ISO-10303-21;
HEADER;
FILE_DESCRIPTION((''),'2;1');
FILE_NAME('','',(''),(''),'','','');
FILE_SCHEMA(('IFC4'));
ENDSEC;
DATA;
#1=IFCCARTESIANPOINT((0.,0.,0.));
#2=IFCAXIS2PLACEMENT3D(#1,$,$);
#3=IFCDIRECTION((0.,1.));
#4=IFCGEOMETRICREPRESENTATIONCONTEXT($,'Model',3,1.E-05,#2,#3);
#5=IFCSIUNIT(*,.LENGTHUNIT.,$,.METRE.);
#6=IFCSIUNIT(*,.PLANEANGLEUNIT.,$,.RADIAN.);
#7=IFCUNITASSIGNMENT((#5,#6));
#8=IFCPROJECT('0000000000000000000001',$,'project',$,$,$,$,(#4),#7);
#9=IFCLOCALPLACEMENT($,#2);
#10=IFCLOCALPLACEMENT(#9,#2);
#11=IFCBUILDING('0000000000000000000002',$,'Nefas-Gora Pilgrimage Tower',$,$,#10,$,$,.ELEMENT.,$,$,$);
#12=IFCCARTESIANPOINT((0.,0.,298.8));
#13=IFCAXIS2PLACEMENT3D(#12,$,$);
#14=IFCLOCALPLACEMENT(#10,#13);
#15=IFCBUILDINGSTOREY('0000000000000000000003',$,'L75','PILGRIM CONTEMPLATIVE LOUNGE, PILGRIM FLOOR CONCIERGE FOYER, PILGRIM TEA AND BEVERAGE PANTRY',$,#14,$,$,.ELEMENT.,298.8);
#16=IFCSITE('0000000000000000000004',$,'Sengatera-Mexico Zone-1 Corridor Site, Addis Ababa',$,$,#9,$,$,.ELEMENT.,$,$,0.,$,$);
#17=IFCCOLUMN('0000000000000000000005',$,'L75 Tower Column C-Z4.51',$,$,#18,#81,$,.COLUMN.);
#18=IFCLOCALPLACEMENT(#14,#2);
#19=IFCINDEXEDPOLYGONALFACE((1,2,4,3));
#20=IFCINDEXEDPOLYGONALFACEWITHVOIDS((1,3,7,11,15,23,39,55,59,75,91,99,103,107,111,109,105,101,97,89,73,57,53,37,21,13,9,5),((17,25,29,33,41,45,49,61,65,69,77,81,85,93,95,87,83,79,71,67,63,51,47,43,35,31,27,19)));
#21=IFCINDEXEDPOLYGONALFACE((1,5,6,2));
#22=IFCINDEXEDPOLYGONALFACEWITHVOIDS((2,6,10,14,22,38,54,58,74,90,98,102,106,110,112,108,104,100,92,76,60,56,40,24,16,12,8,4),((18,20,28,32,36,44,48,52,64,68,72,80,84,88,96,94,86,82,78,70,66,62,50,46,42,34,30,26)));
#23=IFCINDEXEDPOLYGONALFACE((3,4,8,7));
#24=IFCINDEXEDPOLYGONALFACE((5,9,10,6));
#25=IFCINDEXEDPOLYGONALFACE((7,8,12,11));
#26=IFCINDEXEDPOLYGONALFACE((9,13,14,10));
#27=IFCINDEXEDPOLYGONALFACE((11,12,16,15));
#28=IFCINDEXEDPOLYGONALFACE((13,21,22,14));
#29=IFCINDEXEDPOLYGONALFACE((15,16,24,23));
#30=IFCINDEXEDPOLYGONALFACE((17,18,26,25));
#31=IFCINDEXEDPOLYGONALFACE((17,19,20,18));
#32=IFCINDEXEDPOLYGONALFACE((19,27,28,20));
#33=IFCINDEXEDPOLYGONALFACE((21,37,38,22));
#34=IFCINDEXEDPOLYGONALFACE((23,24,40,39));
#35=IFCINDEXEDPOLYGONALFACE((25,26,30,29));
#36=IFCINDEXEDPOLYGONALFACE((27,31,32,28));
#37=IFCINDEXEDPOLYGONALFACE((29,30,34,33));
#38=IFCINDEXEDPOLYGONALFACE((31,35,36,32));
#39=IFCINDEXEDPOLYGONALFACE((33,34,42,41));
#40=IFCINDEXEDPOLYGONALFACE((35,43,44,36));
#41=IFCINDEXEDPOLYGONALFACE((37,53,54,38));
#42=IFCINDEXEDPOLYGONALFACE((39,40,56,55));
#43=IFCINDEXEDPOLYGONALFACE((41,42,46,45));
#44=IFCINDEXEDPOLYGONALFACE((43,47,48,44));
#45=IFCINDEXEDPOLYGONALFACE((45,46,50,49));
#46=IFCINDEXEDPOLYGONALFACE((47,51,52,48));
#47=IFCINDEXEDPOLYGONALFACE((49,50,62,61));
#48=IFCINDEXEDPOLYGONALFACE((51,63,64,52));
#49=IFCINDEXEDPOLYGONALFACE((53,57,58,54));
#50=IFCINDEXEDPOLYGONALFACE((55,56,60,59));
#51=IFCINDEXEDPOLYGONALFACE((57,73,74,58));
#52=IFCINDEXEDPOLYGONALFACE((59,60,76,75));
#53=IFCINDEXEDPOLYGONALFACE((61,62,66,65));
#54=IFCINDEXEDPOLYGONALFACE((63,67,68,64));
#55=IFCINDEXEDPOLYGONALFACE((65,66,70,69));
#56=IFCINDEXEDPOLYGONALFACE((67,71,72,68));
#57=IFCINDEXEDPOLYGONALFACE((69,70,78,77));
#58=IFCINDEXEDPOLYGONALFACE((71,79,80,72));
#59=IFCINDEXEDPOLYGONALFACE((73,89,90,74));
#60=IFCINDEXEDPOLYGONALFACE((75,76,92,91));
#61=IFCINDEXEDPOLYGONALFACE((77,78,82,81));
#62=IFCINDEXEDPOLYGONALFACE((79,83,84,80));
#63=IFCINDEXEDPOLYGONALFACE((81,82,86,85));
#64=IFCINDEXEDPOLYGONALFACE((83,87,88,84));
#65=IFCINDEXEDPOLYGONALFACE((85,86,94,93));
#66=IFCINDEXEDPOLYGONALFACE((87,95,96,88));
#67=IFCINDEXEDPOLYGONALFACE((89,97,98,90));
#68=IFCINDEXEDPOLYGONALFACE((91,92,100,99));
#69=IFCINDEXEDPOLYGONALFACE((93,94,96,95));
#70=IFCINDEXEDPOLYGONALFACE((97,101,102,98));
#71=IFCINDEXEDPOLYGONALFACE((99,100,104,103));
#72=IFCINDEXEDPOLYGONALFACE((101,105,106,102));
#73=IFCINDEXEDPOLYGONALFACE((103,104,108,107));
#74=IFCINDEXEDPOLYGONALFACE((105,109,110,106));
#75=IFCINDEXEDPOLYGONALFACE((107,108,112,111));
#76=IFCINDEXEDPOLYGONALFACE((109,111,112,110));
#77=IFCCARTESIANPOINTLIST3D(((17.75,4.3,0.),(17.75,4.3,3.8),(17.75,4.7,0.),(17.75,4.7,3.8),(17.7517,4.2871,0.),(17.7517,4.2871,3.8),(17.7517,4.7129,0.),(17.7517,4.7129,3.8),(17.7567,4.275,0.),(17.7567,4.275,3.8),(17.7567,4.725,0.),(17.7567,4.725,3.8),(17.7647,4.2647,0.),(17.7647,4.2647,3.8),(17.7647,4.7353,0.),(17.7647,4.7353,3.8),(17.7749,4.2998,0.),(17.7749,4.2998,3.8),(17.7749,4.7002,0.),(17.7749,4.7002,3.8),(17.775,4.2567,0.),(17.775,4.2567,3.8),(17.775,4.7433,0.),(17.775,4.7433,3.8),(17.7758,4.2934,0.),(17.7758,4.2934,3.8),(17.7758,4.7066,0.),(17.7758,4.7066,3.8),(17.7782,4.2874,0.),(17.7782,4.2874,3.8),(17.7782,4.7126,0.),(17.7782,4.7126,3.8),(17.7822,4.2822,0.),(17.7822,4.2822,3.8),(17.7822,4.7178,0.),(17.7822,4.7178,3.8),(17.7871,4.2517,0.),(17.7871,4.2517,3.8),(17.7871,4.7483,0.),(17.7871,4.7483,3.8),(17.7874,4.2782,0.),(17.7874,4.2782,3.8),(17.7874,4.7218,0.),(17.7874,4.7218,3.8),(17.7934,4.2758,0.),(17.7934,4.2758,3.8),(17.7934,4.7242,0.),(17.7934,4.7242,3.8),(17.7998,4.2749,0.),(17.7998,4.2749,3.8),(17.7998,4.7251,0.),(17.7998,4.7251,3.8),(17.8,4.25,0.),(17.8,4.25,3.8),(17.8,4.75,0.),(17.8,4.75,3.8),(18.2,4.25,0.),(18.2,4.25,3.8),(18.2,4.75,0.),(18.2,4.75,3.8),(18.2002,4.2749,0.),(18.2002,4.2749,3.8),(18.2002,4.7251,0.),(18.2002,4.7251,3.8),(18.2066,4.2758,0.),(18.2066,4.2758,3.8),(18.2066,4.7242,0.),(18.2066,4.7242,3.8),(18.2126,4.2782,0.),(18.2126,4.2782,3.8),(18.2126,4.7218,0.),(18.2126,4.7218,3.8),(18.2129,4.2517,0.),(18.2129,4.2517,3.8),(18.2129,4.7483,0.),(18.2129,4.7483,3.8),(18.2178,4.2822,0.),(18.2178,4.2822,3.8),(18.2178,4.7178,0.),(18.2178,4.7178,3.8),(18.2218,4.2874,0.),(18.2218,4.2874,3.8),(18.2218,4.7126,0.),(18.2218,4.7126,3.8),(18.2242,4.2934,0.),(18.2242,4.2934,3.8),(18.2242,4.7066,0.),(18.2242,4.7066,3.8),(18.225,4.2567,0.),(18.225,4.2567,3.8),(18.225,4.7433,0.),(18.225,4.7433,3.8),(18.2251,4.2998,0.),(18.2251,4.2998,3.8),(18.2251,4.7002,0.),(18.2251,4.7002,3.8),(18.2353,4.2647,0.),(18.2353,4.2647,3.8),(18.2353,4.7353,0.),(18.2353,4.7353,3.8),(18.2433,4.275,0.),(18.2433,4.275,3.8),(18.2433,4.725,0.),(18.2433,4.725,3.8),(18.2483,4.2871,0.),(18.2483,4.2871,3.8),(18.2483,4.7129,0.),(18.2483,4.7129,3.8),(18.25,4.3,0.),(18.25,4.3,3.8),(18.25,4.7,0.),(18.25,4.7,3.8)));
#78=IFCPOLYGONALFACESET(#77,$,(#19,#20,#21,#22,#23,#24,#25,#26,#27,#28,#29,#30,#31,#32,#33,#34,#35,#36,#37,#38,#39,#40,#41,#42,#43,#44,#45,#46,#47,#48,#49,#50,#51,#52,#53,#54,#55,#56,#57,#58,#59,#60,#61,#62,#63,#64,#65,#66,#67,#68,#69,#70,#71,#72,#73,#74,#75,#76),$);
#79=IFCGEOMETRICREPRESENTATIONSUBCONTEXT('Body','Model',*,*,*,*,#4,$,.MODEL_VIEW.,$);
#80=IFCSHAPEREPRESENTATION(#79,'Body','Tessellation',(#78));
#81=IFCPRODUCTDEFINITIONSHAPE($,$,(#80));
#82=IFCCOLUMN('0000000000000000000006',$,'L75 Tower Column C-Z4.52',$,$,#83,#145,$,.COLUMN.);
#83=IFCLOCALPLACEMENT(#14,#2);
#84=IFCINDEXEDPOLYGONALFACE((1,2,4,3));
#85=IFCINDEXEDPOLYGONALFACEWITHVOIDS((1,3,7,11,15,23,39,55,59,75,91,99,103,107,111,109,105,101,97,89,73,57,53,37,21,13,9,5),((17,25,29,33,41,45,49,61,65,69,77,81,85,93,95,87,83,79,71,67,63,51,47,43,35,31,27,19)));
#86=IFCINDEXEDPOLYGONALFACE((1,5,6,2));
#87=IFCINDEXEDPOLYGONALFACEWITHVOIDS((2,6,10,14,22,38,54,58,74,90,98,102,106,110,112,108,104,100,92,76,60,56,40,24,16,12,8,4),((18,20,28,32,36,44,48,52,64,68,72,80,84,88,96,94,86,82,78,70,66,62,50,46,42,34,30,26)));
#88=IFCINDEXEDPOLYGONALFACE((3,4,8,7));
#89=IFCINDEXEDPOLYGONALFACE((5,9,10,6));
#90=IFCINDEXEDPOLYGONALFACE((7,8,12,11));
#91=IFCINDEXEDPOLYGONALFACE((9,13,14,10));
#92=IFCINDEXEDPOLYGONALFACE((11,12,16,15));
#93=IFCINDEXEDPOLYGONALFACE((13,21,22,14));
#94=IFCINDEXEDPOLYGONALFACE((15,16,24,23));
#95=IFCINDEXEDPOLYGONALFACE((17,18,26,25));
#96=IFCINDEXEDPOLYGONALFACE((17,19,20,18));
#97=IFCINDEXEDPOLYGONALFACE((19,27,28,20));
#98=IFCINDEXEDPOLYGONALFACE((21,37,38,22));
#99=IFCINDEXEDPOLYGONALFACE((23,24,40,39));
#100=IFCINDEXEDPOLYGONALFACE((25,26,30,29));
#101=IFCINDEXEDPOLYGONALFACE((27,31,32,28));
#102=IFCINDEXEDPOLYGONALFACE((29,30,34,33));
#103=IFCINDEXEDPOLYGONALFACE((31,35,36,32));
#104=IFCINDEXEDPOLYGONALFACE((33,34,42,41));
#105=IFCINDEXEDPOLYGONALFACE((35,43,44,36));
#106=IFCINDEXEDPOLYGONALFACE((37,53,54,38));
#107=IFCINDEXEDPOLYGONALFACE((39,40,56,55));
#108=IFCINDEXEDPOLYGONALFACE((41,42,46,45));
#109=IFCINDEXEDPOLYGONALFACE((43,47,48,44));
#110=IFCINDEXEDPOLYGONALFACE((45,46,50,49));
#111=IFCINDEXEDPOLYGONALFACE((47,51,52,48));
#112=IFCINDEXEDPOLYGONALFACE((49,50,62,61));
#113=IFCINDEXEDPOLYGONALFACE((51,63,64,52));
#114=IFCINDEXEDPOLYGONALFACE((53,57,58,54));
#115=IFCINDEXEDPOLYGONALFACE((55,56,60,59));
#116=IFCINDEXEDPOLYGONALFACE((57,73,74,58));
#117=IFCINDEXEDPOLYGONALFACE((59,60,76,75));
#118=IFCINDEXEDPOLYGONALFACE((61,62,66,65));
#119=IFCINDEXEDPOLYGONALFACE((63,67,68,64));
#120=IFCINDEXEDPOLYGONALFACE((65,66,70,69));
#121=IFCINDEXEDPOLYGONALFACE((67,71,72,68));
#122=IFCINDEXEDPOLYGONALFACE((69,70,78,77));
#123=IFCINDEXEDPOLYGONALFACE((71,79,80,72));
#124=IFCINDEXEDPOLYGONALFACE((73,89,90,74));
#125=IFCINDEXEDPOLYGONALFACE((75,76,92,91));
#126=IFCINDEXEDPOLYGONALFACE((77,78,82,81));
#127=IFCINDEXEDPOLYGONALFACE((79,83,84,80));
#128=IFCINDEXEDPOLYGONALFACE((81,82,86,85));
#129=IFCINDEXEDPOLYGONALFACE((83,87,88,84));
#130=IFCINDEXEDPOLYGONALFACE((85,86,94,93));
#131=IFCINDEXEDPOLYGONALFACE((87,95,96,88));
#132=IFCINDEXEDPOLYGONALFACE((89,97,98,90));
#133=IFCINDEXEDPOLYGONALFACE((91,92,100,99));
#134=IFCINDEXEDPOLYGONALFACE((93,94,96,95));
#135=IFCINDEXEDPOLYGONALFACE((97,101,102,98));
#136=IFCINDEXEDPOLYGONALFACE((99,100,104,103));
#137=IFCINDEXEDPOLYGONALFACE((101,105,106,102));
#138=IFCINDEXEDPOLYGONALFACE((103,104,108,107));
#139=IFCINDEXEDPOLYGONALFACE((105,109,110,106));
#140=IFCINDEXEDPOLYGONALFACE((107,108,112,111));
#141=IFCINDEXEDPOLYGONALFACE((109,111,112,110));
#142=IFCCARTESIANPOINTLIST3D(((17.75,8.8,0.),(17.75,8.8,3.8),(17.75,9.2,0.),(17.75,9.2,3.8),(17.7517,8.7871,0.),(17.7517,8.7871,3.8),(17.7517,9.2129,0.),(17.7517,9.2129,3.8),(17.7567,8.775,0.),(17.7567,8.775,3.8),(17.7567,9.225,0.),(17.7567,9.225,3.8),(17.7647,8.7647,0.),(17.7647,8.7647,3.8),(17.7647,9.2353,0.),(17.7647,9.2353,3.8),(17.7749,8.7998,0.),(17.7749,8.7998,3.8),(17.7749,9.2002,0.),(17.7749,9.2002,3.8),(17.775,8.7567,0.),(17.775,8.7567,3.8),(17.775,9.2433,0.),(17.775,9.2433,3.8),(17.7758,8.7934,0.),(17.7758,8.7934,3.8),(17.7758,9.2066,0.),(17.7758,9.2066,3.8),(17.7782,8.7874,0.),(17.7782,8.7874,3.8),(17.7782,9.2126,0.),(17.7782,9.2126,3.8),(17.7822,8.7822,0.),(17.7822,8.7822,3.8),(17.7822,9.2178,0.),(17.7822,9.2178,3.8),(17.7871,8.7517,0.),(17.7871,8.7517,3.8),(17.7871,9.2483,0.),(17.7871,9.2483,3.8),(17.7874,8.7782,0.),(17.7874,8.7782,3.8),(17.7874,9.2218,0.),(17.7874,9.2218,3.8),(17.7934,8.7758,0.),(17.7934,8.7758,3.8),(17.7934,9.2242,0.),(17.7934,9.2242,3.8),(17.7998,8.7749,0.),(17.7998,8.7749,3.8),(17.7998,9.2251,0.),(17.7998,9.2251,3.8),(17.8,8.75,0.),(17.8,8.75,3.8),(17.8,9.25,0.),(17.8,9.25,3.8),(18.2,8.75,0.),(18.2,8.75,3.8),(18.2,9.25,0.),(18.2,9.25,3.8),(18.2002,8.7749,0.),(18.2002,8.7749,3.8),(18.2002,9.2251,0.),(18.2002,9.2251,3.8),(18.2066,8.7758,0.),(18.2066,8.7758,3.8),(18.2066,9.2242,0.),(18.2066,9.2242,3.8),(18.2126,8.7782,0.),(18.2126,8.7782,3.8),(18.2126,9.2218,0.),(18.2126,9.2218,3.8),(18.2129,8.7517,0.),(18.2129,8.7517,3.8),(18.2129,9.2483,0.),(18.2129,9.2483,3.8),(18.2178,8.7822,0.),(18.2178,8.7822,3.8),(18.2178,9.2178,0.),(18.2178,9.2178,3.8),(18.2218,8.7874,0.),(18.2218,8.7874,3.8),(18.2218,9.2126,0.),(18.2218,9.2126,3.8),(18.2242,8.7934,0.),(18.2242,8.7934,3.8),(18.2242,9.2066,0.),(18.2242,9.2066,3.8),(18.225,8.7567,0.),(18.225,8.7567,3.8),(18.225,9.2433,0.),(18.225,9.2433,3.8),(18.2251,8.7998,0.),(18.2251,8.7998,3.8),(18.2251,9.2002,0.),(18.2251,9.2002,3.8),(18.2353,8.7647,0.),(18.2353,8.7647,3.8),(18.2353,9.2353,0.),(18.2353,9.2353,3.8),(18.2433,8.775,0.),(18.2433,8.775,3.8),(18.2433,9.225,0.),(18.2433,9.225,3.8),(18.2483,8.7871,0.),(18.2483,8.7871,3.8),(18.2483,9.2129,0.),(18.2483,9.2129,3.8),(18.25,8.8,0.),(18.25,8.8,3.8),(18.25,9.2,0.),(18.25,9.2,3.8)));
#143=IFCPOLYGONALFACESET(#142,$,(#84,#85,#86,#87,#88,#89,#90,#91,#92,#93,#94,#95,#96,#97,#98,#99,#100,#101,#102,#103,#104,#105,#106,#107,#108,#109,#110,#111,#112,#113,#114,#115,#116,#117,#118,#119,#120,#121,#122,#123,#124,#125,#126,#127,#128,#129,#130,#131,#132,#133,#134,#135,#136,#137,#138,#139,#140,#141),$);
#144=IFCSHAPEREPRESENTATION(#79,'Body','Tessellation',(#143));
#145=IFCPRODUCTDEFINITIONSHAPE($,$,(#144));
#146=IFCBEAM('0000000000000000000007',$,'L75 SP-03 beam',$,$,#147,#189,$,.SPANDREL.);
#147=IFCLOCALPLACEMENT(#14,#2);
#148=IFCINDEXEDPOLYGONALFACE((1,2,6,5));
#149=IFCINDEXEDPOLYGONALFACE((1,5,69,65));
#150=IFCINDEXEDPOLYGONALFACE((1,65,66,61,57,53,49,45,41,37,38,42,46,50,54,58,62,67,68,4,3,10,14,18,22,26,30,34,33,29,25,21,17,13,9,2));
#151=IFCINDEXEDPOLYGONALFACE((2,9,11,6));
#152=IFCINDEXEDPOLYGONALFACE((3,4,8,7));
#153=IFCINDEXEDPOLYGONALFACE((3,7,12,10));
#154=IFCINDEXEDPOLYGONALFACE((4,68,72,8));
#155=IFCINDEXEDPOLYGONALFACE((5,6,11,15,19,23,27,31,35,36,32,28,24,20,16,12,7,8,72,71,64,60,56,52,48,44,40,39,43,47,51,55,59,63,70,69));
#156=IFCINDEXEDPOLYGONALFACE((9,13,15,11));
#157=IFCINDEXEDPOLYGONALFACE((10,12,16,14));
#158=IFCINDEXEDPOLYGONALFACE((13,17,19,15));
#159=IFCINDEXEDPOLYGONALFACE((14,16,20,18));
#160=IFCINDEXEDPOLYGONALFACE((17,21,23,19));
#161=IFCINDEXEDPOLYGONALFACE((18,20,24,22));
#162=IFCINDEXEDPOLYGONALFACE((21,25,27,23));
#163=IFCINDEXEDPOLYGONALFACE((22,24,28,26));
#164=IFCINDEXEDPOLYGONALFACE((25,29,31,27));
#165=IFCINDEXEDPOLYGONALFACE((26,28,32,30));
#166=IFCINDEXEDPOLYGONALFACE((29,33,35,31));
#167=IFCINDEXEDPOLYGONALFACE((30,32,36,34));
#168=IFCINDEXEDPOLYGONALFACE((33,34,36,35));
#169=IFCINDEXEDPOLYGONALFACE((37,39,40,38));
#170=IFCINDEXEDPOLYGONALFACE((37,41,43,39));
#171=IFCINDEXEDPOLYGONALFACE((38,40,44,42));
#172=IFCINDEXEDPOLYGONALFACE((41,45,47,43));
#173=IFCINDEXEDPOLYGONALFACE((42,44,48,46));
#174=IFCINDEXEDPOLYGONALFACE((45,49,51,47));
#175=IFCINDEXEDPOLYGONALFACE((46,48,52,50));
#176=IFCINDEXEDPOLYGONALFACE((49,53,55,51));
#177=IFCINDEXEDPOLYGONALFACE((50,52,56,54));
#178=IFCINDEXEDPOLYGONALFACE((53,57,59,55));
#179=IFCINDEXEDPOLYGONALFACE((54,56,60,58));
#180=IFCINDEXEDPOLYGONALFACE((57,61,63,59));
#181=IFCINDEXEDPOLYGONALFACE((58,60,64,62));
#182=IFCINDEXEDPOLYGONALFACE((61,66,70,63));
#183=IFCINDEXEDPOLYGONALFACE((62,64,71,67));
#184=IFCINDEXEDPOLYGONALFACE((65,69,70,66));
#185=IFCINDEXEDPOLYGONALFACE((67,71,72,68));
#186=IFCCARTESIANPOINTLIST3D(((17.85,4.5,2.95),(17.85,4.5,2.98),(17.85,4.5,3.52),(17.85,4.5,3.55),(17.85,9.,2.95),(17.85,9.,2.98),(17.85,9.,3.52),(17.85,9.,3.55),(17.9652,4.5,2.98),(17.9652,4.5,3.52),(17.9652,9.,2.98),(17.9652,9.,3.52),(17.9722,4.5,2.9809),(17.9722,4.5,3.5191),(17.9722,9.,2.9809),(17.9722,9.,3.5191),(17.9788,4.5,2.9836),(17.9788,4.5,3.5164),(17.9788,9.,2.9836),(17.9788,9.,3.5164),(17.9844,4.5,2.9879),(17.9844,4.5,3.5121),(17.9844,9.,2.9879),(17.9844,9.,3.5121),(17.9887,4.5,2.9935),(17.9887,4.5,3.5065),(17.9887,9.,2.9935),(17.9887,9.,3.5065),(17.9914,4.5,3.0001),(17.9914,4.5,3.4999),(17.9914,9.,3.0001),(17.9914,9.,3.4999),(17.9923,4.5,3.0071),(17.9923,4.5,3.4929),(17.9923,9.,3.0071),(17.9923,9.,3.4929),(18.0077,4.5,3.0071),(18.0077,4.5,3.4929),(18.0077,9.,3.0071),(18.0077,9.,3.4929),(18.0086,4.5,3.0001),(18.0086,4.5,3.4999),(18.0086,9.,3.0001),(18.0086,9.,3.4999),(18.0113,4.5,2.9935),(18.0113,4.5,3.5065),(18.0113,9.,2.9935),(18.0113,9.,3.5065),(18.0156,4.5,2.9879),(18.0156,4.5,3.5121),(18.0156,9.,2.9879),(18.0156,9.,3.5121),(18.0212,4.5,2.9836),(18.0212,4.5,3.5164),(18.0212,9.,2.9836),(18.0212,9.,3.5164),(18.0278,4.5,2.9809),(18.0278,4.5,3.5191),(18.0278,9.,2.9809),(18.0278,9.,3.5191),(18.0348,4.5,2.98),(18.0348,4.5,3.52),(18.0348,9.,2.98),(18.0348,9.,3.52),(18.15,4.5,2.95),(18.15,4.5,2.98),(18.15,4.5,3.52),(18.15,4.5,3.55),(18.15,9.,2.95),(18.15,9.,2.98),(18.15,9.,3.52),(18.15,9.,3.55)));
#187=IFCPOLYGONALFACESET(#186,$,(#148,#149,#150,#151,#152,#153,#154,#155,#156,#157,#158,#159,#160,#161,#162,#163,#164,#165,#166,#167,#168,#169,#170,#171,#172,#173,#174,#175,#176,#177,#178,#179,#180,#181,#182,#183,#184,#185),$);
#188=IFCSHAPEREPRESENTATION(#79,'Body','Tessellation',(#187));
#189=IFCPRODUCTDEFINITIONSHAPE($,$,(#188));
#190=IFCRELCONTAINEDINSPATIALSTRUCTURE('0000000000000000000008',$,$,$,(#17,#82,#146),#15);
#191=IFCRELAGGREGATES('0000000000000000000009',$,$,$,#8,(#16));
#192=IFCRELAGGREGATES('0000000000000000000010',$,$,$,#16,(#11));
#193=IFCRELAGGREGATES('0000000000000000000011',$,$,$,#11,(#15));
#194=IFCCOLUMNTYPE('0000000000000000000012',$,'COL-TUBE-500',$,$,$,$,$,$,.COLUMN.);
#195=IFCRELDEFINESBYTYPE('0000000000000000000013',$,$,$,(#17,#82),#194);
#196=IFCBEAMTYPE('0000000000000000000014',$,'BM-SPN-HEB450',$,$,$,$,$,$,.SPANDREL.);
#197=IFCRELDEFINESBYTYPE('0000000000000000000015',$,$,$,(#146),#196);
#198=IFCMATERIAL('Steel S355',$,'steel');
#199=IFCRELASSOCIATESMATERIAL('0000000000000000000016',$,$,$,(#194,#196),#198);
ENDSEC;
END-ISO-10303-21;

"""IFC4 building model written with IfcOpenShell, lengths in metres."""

from ifc_helpers import new_model, si_unit, direction, frame, origin, origin_2d, place, context, subcontext, project, spatial, hollow_rectangle, i_section, extrude, source, transform, mapped, material, material_profile, profile_set, type_object, element, save


model = new_model("IFC4")

# Units and contexts
model_context = context("Model", 3, precision=1e-05, world=origin(), true_north=direction((0.0, 1.0)))
body_context = subcontext(model_context, "Body", "Model", "MODEL_VIEW")
ifc_project = project(units=[si_unit("LENGTHUNIT", "METRE"), si_unit("PLANEANGLEUNIT", "RADIAN")], contexts=[model_context])

# Site, building, storey
site_placement = place(None, origin())
site = spatial("IfcSite", under=ifc_project, at=site_placement, Name="Sengatera-Mexico Zone-1 Corridor Site, Addis Ababa", CompositionType="ELEMENT", RefElevation=0.0)
building_placement = place(site_placement, origin())
building = spatial("IfcBuilding", under=site, at=building_placement, Name="Nefas-Gora Pilgrimage Tower", CompositionType="ELEMENT")
storey_placement = place(building_placement, frame((0.0, 0.0, 298.8)))
storey = spatial("IfcBuildingStorey", under=building, at=storey_placement, Name="L75", Description="PILGRIM CONTEMPLATIVE LOUNGE, PILGRIM FLOOR CONCIERGE FOYER, PILGRIM TEA AND BEVERAGE PANTRY", CompositionType="ELEMENT", Elevation=298.8)

# Columns
ifc_material_1 = material(Name="Steel S355", Category="steel")
ifc_material_profile_1 = material_profile(ifc_material_1, hollow_rectangle(XDim=0.5, YDim=0.5, WallThickness=0.0249, InnerFilletRadius=0.0249, OuterFilletRadius=0.05, at=origin_2d()), Name="SHS 500x500x25")
ifc_profile_set_1 = profile_set([ifc_material_profile_1], Name="Steel S355")
column_type_1 = type_object("IfcColumnType", Name="COL-TUBE-500", PredefinedType="COLUMN", material=ifc_profile_set_1)
shared_shape_1 = source(origin(), body_context, "Body", "SweptSolid", [
    extrude(hollow_rectangle(XDim=0.5, YDim=0.5, WallThickness=0.0249, InnerFilletRadius=0.0249, OuterFilletRadius=0.05, at=origin_2d()), origin(), (0.0, 0.0, 1.0), 3.8),
])
for number, where, z_axis, x_axis, name in (
    (1, (18.0, 4.5, 0.0), (0.0, 0.0, 1.0), (1.0, 0.0, 0.0), "L75 Tower Column C-Z4.51"),
    (2, (18.0, 9.0, 0.0), (0.0, 0.0, 1.0), (1.0, 0.0, 0.0), "L75 Tower Column C-Z4.52"),
):
    element("IfcColumn", number, at=place(storey_placement, frame(where, z_axis=z_axis, x_axis=x_axis)), inside=storey, type_object=column_type_1, Name=name, PredefinedType="COLUMN", context=body_context, shape_type="MappedRepresentation", body=[
        mapped(shared_shape_1, transform((0.0, 0.0, 0.0), x_axis=(1.0, 0.0, 0.0), y_axis=(0.0, 1.0, 0.0), z_axis=(0.0, 0.0, 1.0), scale=1.0)),
    ])

# Beam
ifc_material_profile_2 = material_profile(ifc_material_1, i_section(OverallWidth=0.3, OverallDepth=0.6001, WebThickness=0.0154, FlangeThickness=0.03, FilletRadius=0.0271, at=origin_2d()), Name="HEB 600")
ifc_profile_set_2 = profile_set([ifc_material_profile_2], Name="Steel S355")
beam_type_1 = type_object("IfcBeamType", Name="BM-SPN-HEB450", PredefinedType="SPANDREL", material=ifc_profile_set_2)
shared_shape_2 = source(origin(), body_context, "Body", "SweptSolid", [
    extrude(i_section(OverallWidth=0.3, OverallDepth=0.6001, WebThickness=0.0154, FlangeThickness=0.03, FilletRadius=0.0271, at=origin_2d()), origin(), (0.0, 0.0, 1.0), 4.5),
])
for number, where, z_axis, x_axis, name in (
    (3, (18.0, 4.5, 3.25), (0.0, 1.0, 0.0), (-1.0, 0.0, 0.0), "L75 SP-03 beam"),
):
    element("IfcBeam", number, at=place(storey_placement, frame(where, z_axis=z_axis, x_axis=x_axis)), inside=storey, type_object=beam_type_1, Name=name, PredefinedType="SPANDREL", context=body_context, shape_type="MappedRepresentation", body=[
        mapped(shared_shape_2, transform((0.0, 0.0, 0.0), x_axis=(1.0, 0.0, 0.0), y_axis=(0.0, 1.0, 0.0), z_axis=(0.0, 0.0, 1.0), scale=1.0)),
    ])

save(model, "model.ifc")
